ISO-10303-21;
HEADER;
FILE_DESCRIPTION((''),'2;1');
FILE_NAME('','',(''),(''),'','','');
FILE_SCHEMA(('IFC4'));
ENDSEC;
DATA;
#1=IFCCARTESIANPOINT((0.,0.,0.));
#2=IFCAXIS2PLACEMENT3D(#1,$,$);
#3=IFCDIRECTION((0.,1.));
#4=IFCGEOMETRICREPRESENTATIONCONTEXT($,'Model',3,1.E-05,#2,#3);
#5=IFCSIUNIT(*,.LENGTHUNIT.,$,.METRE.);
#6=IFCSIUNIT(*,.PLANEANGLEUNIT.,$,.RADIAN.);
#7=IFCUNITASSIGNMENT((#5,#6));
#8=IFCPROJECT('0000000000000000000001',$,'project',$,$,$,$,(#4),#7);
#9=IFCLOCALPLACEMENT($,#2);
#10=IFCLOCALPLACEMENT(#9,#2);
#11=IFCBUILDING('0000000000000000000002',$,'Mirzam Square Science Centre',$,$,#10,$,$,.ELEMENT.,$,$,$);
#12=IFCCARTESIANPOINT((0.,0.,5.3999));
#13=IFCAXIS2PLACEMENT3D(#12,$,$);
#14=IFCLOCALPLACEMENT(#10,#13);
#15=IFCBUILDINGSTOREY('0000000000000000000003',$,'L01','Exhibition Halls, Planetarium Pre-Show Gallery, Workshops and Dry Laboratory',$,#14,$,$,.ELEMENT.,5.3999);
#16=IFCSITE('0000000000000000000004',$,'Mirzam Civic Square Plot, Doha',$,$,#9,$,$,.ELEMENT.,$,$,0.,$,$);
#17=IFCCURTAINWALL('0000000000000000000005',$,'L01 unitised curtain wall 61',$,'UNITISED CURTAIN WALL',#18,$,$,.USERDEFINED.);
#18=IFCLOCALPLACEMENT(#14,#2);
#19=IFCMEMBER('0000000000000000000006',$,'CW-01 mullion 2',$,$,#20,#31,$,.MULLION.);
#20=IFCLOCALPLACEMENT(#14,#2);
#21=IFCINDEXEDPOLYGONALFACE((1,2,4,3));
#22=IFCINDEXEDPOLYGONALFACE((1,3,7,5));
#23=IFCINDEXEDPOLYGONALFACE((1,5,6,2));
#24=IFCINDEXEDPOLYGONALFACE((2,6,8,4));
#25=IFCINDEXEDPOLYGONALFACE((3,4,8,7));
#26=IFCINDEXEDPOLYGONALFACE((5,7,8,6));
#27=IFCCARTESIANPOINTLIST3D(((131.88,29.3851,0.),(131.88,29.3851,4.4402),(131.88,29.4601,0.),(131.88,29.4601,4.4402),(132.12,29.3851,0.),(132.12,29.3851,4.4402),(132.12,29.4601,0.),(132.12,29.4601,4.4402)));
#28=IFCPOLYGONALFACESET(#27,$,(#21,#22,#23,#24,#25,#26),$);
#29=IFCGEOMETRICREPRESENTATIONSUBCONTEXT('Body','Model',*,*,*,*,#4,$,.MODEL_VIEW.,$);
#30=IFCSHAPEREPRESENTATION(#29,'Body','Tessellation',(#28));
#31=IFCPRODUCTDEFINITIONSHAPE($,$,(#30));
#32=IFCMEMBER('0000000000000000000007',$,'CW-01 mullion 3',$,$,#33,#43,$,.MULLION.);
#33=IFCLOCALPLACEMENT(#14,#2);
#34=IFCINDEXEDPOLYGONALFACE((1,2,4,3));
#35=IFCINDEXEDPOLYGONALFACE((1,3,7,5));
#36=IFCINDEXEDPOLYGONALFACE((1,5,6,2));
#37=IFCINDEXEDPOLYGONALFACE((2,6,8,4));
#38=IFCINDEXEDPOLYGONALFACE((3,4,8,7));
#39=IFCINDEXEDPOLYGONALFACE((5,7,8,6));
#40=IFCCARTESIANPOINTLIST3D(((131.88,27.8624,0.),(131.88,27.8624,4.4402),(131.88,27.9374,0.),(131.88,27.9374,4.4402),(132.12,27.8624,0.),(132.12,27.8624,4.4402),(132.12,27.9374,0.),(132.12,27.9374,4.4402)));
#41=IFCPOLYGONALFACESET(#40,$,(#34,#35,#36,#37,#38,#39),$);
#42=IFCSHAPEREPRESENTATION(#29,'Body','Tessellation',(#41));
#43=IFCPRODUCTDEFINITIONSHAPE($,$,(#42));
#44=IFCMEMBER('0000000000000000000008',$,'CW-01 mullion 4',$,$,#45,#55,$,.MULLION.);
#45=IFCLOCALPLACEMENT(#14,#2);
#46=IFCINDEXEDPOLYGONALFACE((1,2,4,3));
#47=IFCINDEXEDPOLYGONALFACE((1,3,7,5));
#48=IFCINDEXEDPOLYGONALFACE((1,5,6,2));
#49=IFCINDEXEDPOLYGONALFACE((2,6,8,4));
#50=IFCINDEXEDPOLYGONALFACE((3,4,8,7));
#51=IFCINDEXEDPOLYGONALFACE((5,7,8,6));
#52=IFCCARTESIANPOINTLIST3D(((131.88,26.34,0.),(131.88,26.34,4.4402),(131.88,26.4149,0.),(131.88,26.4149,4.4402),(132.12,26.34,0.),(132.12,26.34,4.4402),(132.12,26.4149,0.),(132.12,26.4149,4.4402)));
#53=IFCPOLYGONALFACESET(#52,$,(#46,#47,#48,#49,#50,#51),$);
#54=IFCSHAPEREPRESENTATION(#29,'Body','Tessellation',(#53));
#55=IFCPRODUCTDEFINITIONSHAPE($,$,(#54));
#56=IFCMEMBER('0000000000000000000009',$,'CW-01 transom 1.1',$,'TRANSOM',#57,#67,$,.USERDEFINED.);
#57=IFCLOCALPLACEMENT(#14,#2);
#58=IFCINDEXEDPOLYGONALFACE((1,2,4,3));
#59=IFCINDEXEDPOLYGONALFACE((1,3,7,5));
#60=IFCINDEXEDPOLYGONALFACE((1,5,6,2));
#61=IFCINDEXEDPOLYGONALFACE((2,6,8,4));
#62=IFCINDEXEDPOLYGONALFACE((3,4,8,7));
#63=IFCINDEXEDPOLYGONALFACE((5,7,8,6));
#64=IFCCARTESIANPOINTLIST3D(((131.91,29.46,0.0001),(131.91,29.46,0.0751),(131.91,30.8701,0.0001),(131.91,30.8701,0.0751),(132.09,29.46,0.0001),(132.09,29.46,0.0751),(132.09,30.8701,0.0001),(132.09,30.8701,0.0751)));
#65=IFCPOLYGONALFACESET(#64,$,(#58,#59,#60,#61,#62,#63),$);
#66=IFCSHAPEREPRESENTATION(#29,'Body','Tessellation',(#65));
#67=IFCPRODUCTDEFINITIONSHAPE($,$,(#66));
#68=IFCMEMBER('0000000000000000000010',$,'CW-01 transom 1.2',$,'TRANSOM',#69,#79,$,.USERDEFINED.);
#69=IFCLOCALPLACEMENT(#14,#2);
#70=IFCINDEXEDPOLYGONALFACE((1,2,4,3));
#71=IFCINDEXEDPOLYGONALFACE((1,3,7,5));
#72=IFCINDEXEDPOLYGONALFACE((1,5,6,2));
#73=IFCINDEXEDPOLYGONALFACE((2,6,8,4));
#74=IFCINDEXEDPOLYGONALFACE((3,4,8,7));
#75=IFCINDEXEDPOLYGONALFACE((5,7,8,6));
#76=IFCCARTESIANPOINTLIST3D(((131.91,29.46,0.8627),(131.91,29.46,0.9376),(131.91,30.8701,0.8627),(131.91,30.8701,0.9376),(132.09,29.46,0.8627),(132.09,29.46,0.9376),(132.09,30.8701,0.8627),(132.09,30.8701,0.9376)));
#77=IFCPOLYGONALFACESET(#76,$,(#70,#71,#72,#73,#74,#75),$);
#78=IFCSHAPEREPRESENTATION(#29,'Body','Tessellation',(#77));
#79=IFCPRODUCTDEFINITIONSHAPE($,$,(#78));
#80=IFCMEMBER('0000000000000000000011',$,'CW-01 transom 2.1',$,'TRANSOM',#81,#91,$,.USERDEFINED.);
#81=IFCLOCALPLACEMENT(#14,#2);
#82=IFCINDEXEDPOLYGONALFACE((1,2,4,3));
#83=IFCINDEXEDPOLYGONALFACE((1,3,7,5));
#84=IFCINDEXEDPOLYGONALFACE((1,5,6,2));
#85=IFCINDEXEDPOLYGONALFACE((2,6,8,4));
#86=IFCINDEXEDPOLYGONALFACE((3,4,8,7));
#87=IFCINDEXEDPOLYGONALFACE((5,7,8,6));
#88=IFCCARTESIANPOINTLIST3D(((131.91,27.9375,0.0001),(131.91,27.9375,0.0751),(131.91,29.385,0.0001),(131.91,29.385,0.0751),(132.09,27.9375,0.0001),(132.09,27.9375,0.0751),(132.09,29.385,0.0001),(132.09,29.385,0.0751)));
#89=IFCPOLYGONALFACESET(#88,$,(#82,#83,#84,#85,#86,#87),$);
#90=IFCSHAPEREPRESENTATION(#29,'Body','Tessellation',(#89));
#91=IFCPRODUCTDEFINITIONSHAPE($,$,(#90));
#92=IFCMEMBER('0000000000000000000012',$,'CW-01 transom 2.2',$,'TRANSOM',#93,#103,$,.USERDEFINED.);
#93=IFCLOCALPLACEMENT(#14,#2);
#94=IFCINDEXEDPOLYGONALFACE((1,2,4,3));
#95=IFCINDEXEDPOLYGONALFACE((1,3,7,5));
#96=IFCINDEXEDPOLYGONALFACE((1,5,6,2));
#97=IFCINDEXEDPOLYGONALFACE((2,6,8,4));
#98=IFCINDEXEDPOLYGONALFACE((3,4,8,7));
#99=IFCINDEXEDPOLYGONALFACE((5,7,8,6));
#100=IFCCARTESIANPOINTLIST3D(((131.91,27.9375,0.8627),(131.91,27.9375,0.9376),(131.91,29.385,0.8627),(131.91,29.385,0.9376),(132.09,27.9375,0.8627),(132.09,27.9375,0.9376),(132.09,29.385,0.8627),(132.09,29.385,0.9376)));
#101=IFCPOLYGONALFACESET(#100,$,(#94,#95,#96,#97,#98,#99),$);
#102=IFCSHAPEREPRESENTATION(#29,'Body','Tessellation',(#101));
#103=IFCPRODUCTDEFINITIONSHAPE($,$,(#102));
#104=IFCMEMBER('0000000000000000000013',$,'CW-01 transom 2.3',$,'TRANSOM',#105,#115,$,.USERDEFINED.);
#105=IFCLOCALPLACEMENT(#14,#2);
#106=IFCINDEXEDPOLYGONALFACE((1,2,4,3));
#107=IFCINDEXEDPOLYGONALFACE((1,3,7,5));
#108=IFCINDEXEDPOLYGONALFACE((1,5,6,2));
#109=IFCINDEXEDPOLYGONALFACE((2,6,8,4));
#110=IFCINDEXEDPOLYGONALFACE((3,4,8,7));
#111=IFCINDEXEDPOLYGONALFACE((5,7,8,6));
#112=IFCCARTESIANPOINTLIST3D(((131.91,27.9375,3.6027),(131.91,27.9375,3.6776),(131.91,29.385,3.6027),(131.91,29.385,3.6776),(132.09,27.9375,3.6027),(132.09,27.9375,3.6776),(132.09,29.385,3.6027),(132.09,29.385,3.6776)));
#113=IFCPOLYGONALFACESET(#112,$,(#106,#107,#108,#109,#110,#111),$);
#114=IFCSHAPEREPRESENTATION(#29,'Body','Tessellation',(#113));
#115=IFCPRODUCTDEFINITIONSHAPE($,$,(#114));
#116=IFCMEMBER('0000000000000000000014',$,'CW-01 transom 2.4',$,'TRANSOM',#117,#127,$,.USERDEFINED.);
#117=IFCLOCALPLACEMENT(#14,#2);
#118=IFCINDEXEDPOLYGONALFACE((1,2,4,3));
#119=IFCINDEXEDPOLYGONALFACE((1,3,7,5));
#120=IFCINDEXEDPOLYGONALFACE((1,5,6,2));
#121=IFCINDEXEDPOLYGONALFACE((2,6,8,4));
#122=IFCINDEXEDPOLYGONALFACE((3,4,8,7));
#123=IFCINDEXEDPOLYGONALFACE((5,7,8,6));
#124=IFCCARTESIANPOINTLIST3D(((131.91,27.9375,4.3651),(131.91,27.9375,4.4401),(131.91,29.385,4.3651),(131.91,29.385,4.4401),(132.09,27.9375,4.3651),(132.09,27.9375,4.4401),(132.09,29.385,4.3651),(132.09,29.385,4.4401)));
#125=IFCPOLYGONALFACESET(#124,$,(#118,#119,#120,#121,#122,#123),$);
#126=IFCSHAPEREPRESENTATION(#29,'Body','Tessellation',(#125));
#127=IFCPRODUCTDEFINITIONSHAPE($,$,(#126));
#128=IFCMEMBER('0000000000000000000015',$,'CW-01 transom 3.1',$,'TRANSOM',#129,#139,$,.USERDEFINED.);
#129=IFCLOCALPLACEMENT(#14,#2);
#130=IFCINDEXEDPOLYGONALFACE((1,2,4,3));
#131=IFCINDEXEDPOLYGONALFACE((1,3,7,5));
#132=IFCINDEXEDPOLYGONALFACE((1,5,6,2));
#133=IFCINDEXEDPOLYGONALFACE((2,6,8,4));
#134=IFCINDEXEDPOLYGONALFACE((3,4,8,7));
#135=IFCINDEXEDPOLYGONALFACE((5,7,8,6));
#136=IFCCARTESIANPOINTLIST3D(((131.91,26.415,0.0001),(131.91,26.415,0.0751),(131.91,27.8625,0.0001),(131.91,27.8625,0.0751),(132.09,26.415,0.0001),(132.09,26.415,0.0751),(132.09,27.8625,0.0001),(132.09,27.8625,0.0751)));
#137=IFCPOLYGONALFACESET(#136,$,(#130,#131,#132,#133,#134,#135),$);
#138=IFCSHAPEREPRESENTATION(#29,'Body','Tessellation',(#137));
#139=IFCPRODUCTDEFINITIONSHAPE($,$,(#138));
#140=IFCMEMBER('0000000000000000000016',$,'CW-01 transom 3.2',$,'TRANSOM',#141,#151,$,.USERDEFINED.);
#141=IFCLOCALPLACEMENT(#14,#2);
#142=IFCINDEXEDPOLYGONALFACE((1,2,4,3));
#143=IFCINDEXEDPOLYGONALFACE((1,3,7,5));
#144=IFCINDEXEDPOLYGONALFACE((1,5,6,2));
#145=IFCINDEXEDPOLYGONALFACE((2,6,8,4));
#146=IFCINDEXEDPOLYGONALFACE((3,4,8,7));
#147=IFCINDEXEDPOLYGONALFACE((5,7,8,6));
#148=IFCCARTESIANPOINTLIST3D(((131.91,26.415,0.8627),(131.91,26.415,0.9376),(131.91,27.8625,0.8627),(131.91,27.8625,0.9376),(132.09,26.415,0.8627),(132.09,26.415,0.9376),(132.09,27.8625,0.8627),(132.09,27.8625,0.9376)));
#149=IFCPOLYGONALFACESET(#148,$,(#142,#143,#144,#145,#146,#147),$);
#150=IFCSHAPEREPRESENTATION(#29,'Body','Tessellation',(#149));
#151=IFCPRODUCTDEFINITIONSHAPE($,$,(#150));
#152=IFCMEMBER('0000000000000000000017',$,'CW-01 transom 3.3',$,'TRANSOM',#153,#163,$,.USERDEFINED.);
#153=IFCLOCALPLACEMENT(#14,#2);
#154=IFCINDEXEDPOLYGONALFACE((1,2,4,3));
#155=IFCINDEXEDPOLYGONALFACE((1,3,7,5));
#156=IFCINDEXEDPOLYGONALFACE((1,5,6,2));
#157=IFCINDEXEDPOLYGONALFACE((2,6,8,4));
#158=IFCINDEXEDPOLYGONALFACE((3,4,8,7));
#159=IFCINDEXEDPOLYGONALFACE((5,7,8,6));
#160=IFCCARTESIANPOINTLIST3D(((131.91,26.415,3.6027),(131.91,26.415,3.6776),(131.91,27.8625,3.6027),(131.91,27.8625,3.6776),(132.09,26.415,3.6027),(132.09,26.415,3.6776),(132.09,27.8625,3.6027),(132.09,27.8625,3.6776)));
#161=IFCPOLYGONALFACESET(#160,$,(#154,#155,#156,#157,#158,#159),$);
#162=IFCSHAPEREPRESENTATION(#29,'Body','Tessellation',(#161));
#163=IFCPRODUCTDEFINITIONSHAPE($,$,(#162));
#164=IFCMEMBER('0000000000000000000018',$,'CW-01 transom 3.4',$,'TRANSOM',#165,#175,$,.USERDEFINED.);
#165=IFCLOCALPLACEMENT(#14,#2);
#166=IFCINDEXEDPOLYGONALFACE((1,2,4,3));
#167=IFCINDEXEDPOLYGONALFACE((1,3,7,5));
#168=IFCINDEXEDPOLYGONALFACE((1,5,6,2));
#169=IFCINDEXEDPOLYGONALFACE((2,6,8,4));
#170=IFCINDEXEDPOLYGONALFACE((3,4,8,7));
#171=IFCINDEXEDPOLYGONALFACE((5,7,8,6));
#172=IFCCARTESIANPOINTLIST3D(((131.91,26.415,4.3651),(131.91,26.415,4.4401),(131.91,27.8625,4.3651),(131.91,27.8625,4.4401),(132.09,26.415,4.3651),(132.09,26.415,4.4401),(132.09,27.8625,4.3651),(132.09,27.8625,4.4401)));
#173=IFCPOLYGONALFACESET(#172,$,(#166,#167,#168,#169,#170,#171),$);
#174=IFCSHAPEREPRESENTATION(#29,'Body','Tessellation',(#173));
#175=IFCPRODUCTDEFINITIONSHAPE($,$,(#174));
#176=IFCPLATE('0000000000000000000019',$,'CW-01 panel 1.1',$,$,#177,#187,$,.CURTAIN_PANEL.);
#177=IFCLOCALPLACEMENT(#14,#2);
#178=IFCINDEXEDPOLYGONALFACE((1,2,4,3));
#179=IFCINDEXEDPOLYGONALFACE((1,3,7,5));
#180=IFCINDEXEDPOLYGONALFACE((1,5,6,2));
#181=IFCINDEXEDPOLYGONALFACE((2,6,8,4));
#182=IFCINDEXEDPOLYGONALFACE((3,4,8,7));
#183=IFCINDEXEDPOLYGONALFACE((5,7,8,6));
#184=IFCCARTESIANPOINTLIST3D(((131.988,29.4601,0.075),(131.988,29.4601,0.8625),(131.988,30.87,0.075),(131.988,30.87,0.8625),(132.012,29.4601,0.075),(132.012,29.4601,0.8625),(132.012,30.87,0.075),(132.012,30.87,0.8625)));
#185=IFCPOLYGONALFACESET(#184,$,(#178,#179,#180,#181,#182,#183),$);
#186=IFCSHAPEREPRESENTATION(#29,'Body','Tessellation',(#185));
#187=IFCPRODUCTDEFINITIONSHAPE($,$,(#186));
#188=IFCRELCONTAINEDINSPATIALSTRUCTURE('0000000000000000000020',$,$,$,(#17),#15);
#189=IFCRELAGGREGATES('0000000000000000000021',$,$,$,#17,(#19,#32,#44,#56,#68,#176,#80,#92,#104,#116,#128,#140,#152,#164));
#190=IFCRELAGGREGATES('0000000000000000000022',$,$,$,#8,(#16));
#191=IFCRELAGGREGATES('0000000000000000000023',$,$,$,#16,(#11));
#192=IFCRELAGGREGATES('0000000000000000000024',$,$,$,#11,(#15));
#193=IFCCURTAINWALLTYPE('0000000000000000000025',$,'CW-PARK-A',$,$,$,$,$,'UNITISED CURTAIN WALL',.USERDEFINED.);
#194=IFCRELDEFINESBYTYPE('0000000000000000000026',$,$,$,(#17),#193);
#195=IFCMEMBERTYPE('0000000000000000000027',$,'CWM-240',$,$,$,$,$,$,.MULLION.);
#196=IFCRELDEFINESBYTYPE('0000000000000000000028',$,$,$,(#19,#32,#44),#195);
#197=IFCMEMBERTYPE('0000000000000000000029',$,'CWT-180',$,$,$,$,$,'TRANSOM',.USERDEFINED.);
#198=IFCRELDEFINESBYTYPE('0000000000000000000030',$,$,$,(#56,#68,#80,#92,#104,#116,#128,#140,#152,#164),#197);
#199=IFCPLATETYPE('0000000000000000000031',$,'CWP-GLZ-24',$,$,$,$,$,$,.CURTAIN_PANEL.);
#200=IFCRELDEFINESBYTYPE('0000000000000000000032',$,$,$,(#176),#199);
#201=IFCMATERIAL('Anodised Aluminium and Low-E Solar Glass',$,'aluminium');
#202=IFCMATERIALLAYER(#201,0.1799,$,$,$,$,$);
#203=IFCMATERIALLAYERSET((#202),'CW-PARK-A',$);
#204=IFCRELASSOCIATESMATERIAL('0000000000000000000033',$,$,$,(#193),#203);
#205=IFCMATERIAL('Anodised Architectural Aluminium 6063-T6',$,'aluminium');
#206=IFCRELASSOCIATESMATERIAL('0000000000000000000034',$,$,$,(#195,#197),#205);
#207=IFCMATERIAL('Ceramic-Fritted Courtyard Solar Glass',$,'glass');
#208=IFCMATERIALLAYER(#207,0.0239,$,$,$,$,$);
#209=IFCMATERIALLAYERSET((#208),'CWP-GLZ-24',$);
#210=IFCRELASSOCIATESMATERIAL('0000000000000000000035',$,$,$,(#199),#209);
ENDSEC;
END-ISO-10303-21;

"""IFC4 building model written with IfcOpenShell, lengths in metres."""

from ifc_helpers import new_model, si_unit, direction, frame, origin, origin_2d, place, context, subcontext, project, spatial, rectangle, extrude, material, layer, layer_set, material_profile, profile_set, type_object, element, aggregate, save


model = new_model("IFC4")

# Units and contexts
model_context = context("Model", 3, precision=1e-05, world=origin(), true_north=direction((0.0, 1.0)))
body_context = subcontext(model_context, "Body", "Model", "MODEL_VIEW")
ifc_project = project(units=[si_unit("LENGTHUNIT", "METRE"), si_unit("PLANEANGLEUNIT", "RADIAN")], contexts=[model_context])

# Site, building, storey
site_placement = place(None, origin())
site = spatial("IfcSite", under=ifc_project, at=site_placement, Name="Mirzam Civic Square Plot, Doha", CompositionType="ELEMENT", RefElevation=0.0)
building_placement = place(site_placement, origin())
building = spatial("IfcBuilding", under=site, at=building_placement, Name="Mirzam Square Science Centre", CompositionType="ELEMENT")
storey_placement = place(building_placement, frame((0.0, 0.0, 5.3999)))
storey = spatial("IfcBuildingStorey", under=building, at=storey_placement, Name="L01", Description="Exhibition Halls, Planetarium Pre-Show Gallery, Workshops and Dry Laboratory", CompositionType="ELEMENT", Elevation=5.3999)

# Curtain wall, members, plate
ifc_material_1 = material(Name="Anodised Aluminium and Low-E Solar Glass", Category="aluminium")
ifc_layer_1 = layer(ifc_material_1, 0.1799)
ifc_layer_set_1 = layer_set([ifc_layer_1], Name="CW-PARK-A")
curtain_wall_type = type_object("IfcCurtainWallType", Name="CW-PARK-A", ElementType="UNITISED CURTAIN WALL", PredefinedType="USERDEFINED", material=ifc_layer_set_1)
curtain_wall_placement = place(storey_placement, origin())
curtain_wall = element("IfcCurtainWall", 1, at=curtain_wall_placement, inside=storey, type_object=curtain_wall_type, Name="L01 unitised curtain wall 61", ObjectType="UNITISED CURTAIN WALL", PredefinedType="USERDEFINED")
ifc_material_2 = material(Name="Anodised Architectural Aluminium 6063-T6", Category="aluminium")
ifc_material_profile_1 = material_profile(ifc_material_2, rectangle(XDim=0.075, YDim=0.24, at=origin_2d()), Name="ALU-MULL-240x75x5")
ifc_profile_set_1 = profile_set([ifc_material_profile_1], Name="Anodised Architectural Aluminium 6063-T6")
member_type_1 = type_object("IfcMemberType", Name="CWM-240", PredefinedType="MULLION", material=ifc_profile_set_1)
member_1_placement = place(storey_placement, frame((132.0, 29.4226, 0.0), z_axis=(0.0, 0.0, 1.0), x_axis=(0.0, -1.0, 0.0)))
member_1 = element("IfcMember", 2, at=member_1_placement, type_object=member_type_1, Name="CW-01 mullion 2", PredefinedType="MULLION", context=body_context, shape_type="SweptSolid", body=[
    extrude(rectangle(XDim=0.075, YDim=0.24, at=origin_2d()), origin(), (0.0, 0.0, 1.0), 4.4402),
])
member_2_placement = place(storey_placement, frame((132.0, 27.8999, 0.0), z_axis=(0.0, 0.0, 1.0), x_axis=(0.0, -1.0, 0.0)))
member_2 = element("IfcMember", 3, at=member_2_placement, type_object=member_type_1, Name="CW-01 mullion 3", PredefinedType="MULLION", context=body_context, shape_type="SweptSolid", body=[
    extrude(rectangle(XDim=0.075, YDim=0.24, at=origin_2d()), origin(), (0.0, 0.0, 1.0), 4.4402),
])
member_3_placement = place(storey_placement, frame((132.0, 26.3774, 0.0), z_axis=(0.0, 0.0, 1.0), x_axis=(0.0, -1.0, 0.0)))
member_3 = element("IfcMember", 4, at=member_3_placement, type_object=member_type_1, Name="CW-01 mullion 4", PredefinedType="MULLION", context=body_context, shape_type="SweptSolid", body=[
    extrude(rectangle(XDim=0.075, YDim=0.24, at=origin_2d()), origin(), (0.0, 0.0, 1.0), 4.4402),
])
ifc_material_profile_2 = material_profile(ifc_material_2, rectangle(XDim=0.1799, YDim=0.075, at=origin_2d()), Name="ALU-TRAN-180x75x5")
ifc_profile_set_2 = profile_set([ifc_material_profile_2], Name="Anodised Architectural Aluminium 6063-T6")
member_type_2 = type_object("IfcMemberType", Name="CWT-180", ElementType="TRANSOM", PredefinedType="USERDEFINED", material=ifc_profile_set_2)
member_4_placement = place(storey_placement, frame((132.0, 30.8701, 0.0376), z_axis=(0.0, -1.0, 0.0), x_axis=(1.0, 0.0, 0.0)))
member_4 = element("IfcMember", 5, at=member_4_placement, type_object=member_type_2, Name="CW-01 transom 1.1", ObjectType="TRANSOM", PredefinedType="USERDEFINED", context=body_context, shape_type="SweptSolid", body=[
    extrude(rectangle(XDim=0.1799, YDim=0.075, at=origin_2d()), origin(), (0.0, 0.0, 1.0), 1.4102),
])
member_5_placement = place(storey_placement, frame((132.0, 30.8701, 0.9001), z_axis=(0.0, -1.0, 0.0), x_axis=(1.0, 0.0, 0.0)))
member_5 = element("IfcMember", 6, at=member_5_placement, type_object=member_type_2, Name="CW-01 transom 1.2", ObjectType="TRANSOM", PredefinedType="USERDEFINED", context=body_context, shape_type="SweptSolid", body=[
    extrude(rectangle(XDim=0.1799, YDim=0.075, at=origin_2d()), origin(), (0.0, 0.0, 1.0), 1.4102),
])
member_6_placement = place(storey_placement, frame((132.0, 29.385, 0.0376), z_axis=(0.0, -1.0, 0.0), x_axis=(1.0, 0.0, 0.0)))
member_6 = element("IfcMember", 7, at=member_6_placement, type_object=member_type_2, Name="CW-01 transom 2.1", ObjectType="TRANSOM", PredefinedType="USERDEFINED", context=body_context, shape_type="SweptSolid", body=[
    extrude(rectangle(XDim=0.1799, YDim=0.075, at=origin_2d()), origin(), (0.0, 0.0, 1.0), 1.4475),
])
member_7_placement = place(storey_placement, frame((132.0, 29.385, 0.9001), z_axis=(0.0, -1.0, 0.0), x_axis=(1.0, 0.0, 0.0)))
member_7 = element("IfcMember", 8, at=member_7_placement, type_object=member_type_2, Name="CW-01 transom 2.2", ObjectType="TRANSOM", PredefinedType="USERDEFINED", context=body_context, shape_type="SweptSolid", body=[
    extrude(rectangle(XDim=0.1799, YDim=0.075, at=origin_2d()), origin(), (0.0, 0.0, 1.0), 1.4475),
])
member_8_placement = place(storey_placement, frame((132.0, 29.385, 3.6401), z_axis=(0.0, -1.0, 0.0), x_axis=(1.0, 0.0, 0.0)))
member_8 = element("IfcMember", 9, at=member_8_placement, type_object=member_type_2, Name="CW-01 transom 2.3", ObjectType="TRANSOM", PredefinedType="USERDEFINED", context=body_context, shape_type="SweptSolid", body=[
    extrude(rectangle(XDim=0.1799, YDim=0.075, at=origin_2d()), origin(), (0.0, 0.0, 1.0), 1.4475),
])
member_9_placement = place(storey_placement, frame((132.0, 29.385, 4.4026), z_axis=(0.0, -1.0, 0.0), x_axis=(1.0, 0.0, 0.0)))
member_9 = element("IfcMember", 10, at=member_9_placement, type_object=member_type_2, Name="CW-01 transom 2.4", ObjectType="TRANSOM", PredefinedType="USERDEFINED", context=body_context, shape_type="SweptSolid", body=[
    extrude(rectangle(XDim=0.1799, YDim=0.075, at=origin_2d()), origin(), (0.0, 0.0, 1.0), 1.4475),
])
member_10_placement = place(storey_placement, frame((132.0, 27.8625, 0.0376), z_axis=(0.0, -1.0, 0.0), x_axis=(1.0, 0.0, 0.0)))
member_10 = element("IfcMember", 11, at=member_10_placement, type_object=member_type_2, Name="CW-01 transom 3.1", ObjectType="TRANSOM", PredefinedType="USERDEFINED", context=body_context, shape_type="SweptSolid", body=[
    extrude(rectangle(XDim=0.1799, YDim=0.075, at=origin_2d()), origin(), (0.0, 0.0, 1.0), 1.4475),
])
member_11_placement = place(storey_placement, frame((132.0, 27.8625, 0.9001), z_axis=(0.0, -1.0, 0.0), x_axis=(1.0, 0.0, 0.0)))
member_11 = element("IfcMember", 12, at=member_11_placement, type_object=member_type_2, Name="CW-01 transom 3.2", ObjectType="TRANSOM", PredefinedType="USERDEFINED", context=body_context, shape_type="SweptSolid", body=[
    extrude(rectangle(XDim=0.1799, YDim=0.075, at=origin_2d()), origin(), (0.0, 0.0, 1.0), 1.4475),
])
member_12_placement = place(storey_placement, frame((132.0, 27.8625, 3.6401), z_axis=(0.0, -1.0, 0.0), x_axis=(1.0, 0.0, 0.0)))
member_12 = element("IfcMember", 13, at=member_12_placement, type_object=member_type_2, Name="CW-01 transom 3.3", ObjectType="TRANSOM", PredefinedType="USERDEFINED", context=body_context, shape_type="SweptSolid", body=[
    extrude(rectangle(XDim=0.1799, YDim=0.075, at=origin_2d()), origin(), (0.0, 0.0, 1.0), 1.4475),
])
member_13_placement = place(storey_placement, frame((132.0, 27.8625, 4.4026), z_axis=(0.0, -1.0, 0.0), x_axis=(1.0, 0.0, 0.0)))
member_13 = element("IfcMember", 14, at=member_13_placement, type_object=member_type_2, Name="CW-01 transom 3.4", ObjectType="TRANSOM", PredefinedType="USERDEFINED", context=body_context, shape_type="SweptSolid", body=[
    extrude(rectangle(XDim=0.1799, YDim=0.075, at=origin_2d()), origin(), (0.0, 0.0, 1.0), 1.4475),
])
ifc_material_3 = material(Name="Ceramic-Fritted Courtyard Solar Glass", Category="glass")
ifc_layer_2 = layer(ifc_material_3, 0.0239)
ifc_layer_set_2 = layer_set([ifc_layer_2], Name="CWP-GLZ-24")
plate_type = type_object("IfcPlateType", Name="CWP-GLZ-24", PredefinedType="CURTAIN_PANEL", material=ifc_layer_set_2)
plate_1_placement = place(storey_placement, frame((132.0, 30.165, 0.075), z_axis=(0.0, 0.0, 1.0), x_axis=(0.0, -1.0, 0.0)))
plate_1 = element("IfcPlate", 15, at=plate_1_placement, type_object=plate_type, Name="CW-01 panel 1.1", PredefinedType="CURTAIN_PANEL", context=body_context, shape_type="SweptSolid", body=[
    extrude(rectangle(XDim=1.4099, YDim=0.0239, at=origin_2d()), origin(), (0.0, 0.0, 1.0), 0.7876),
])
aggregate(curtain_wall, [member_1, member_2, member_3, member_4, member_5, plate_1, member_6, member_7, member_8, member_9, member_10, member_11, member_12, member_13])

save(model, "model.ifc")
